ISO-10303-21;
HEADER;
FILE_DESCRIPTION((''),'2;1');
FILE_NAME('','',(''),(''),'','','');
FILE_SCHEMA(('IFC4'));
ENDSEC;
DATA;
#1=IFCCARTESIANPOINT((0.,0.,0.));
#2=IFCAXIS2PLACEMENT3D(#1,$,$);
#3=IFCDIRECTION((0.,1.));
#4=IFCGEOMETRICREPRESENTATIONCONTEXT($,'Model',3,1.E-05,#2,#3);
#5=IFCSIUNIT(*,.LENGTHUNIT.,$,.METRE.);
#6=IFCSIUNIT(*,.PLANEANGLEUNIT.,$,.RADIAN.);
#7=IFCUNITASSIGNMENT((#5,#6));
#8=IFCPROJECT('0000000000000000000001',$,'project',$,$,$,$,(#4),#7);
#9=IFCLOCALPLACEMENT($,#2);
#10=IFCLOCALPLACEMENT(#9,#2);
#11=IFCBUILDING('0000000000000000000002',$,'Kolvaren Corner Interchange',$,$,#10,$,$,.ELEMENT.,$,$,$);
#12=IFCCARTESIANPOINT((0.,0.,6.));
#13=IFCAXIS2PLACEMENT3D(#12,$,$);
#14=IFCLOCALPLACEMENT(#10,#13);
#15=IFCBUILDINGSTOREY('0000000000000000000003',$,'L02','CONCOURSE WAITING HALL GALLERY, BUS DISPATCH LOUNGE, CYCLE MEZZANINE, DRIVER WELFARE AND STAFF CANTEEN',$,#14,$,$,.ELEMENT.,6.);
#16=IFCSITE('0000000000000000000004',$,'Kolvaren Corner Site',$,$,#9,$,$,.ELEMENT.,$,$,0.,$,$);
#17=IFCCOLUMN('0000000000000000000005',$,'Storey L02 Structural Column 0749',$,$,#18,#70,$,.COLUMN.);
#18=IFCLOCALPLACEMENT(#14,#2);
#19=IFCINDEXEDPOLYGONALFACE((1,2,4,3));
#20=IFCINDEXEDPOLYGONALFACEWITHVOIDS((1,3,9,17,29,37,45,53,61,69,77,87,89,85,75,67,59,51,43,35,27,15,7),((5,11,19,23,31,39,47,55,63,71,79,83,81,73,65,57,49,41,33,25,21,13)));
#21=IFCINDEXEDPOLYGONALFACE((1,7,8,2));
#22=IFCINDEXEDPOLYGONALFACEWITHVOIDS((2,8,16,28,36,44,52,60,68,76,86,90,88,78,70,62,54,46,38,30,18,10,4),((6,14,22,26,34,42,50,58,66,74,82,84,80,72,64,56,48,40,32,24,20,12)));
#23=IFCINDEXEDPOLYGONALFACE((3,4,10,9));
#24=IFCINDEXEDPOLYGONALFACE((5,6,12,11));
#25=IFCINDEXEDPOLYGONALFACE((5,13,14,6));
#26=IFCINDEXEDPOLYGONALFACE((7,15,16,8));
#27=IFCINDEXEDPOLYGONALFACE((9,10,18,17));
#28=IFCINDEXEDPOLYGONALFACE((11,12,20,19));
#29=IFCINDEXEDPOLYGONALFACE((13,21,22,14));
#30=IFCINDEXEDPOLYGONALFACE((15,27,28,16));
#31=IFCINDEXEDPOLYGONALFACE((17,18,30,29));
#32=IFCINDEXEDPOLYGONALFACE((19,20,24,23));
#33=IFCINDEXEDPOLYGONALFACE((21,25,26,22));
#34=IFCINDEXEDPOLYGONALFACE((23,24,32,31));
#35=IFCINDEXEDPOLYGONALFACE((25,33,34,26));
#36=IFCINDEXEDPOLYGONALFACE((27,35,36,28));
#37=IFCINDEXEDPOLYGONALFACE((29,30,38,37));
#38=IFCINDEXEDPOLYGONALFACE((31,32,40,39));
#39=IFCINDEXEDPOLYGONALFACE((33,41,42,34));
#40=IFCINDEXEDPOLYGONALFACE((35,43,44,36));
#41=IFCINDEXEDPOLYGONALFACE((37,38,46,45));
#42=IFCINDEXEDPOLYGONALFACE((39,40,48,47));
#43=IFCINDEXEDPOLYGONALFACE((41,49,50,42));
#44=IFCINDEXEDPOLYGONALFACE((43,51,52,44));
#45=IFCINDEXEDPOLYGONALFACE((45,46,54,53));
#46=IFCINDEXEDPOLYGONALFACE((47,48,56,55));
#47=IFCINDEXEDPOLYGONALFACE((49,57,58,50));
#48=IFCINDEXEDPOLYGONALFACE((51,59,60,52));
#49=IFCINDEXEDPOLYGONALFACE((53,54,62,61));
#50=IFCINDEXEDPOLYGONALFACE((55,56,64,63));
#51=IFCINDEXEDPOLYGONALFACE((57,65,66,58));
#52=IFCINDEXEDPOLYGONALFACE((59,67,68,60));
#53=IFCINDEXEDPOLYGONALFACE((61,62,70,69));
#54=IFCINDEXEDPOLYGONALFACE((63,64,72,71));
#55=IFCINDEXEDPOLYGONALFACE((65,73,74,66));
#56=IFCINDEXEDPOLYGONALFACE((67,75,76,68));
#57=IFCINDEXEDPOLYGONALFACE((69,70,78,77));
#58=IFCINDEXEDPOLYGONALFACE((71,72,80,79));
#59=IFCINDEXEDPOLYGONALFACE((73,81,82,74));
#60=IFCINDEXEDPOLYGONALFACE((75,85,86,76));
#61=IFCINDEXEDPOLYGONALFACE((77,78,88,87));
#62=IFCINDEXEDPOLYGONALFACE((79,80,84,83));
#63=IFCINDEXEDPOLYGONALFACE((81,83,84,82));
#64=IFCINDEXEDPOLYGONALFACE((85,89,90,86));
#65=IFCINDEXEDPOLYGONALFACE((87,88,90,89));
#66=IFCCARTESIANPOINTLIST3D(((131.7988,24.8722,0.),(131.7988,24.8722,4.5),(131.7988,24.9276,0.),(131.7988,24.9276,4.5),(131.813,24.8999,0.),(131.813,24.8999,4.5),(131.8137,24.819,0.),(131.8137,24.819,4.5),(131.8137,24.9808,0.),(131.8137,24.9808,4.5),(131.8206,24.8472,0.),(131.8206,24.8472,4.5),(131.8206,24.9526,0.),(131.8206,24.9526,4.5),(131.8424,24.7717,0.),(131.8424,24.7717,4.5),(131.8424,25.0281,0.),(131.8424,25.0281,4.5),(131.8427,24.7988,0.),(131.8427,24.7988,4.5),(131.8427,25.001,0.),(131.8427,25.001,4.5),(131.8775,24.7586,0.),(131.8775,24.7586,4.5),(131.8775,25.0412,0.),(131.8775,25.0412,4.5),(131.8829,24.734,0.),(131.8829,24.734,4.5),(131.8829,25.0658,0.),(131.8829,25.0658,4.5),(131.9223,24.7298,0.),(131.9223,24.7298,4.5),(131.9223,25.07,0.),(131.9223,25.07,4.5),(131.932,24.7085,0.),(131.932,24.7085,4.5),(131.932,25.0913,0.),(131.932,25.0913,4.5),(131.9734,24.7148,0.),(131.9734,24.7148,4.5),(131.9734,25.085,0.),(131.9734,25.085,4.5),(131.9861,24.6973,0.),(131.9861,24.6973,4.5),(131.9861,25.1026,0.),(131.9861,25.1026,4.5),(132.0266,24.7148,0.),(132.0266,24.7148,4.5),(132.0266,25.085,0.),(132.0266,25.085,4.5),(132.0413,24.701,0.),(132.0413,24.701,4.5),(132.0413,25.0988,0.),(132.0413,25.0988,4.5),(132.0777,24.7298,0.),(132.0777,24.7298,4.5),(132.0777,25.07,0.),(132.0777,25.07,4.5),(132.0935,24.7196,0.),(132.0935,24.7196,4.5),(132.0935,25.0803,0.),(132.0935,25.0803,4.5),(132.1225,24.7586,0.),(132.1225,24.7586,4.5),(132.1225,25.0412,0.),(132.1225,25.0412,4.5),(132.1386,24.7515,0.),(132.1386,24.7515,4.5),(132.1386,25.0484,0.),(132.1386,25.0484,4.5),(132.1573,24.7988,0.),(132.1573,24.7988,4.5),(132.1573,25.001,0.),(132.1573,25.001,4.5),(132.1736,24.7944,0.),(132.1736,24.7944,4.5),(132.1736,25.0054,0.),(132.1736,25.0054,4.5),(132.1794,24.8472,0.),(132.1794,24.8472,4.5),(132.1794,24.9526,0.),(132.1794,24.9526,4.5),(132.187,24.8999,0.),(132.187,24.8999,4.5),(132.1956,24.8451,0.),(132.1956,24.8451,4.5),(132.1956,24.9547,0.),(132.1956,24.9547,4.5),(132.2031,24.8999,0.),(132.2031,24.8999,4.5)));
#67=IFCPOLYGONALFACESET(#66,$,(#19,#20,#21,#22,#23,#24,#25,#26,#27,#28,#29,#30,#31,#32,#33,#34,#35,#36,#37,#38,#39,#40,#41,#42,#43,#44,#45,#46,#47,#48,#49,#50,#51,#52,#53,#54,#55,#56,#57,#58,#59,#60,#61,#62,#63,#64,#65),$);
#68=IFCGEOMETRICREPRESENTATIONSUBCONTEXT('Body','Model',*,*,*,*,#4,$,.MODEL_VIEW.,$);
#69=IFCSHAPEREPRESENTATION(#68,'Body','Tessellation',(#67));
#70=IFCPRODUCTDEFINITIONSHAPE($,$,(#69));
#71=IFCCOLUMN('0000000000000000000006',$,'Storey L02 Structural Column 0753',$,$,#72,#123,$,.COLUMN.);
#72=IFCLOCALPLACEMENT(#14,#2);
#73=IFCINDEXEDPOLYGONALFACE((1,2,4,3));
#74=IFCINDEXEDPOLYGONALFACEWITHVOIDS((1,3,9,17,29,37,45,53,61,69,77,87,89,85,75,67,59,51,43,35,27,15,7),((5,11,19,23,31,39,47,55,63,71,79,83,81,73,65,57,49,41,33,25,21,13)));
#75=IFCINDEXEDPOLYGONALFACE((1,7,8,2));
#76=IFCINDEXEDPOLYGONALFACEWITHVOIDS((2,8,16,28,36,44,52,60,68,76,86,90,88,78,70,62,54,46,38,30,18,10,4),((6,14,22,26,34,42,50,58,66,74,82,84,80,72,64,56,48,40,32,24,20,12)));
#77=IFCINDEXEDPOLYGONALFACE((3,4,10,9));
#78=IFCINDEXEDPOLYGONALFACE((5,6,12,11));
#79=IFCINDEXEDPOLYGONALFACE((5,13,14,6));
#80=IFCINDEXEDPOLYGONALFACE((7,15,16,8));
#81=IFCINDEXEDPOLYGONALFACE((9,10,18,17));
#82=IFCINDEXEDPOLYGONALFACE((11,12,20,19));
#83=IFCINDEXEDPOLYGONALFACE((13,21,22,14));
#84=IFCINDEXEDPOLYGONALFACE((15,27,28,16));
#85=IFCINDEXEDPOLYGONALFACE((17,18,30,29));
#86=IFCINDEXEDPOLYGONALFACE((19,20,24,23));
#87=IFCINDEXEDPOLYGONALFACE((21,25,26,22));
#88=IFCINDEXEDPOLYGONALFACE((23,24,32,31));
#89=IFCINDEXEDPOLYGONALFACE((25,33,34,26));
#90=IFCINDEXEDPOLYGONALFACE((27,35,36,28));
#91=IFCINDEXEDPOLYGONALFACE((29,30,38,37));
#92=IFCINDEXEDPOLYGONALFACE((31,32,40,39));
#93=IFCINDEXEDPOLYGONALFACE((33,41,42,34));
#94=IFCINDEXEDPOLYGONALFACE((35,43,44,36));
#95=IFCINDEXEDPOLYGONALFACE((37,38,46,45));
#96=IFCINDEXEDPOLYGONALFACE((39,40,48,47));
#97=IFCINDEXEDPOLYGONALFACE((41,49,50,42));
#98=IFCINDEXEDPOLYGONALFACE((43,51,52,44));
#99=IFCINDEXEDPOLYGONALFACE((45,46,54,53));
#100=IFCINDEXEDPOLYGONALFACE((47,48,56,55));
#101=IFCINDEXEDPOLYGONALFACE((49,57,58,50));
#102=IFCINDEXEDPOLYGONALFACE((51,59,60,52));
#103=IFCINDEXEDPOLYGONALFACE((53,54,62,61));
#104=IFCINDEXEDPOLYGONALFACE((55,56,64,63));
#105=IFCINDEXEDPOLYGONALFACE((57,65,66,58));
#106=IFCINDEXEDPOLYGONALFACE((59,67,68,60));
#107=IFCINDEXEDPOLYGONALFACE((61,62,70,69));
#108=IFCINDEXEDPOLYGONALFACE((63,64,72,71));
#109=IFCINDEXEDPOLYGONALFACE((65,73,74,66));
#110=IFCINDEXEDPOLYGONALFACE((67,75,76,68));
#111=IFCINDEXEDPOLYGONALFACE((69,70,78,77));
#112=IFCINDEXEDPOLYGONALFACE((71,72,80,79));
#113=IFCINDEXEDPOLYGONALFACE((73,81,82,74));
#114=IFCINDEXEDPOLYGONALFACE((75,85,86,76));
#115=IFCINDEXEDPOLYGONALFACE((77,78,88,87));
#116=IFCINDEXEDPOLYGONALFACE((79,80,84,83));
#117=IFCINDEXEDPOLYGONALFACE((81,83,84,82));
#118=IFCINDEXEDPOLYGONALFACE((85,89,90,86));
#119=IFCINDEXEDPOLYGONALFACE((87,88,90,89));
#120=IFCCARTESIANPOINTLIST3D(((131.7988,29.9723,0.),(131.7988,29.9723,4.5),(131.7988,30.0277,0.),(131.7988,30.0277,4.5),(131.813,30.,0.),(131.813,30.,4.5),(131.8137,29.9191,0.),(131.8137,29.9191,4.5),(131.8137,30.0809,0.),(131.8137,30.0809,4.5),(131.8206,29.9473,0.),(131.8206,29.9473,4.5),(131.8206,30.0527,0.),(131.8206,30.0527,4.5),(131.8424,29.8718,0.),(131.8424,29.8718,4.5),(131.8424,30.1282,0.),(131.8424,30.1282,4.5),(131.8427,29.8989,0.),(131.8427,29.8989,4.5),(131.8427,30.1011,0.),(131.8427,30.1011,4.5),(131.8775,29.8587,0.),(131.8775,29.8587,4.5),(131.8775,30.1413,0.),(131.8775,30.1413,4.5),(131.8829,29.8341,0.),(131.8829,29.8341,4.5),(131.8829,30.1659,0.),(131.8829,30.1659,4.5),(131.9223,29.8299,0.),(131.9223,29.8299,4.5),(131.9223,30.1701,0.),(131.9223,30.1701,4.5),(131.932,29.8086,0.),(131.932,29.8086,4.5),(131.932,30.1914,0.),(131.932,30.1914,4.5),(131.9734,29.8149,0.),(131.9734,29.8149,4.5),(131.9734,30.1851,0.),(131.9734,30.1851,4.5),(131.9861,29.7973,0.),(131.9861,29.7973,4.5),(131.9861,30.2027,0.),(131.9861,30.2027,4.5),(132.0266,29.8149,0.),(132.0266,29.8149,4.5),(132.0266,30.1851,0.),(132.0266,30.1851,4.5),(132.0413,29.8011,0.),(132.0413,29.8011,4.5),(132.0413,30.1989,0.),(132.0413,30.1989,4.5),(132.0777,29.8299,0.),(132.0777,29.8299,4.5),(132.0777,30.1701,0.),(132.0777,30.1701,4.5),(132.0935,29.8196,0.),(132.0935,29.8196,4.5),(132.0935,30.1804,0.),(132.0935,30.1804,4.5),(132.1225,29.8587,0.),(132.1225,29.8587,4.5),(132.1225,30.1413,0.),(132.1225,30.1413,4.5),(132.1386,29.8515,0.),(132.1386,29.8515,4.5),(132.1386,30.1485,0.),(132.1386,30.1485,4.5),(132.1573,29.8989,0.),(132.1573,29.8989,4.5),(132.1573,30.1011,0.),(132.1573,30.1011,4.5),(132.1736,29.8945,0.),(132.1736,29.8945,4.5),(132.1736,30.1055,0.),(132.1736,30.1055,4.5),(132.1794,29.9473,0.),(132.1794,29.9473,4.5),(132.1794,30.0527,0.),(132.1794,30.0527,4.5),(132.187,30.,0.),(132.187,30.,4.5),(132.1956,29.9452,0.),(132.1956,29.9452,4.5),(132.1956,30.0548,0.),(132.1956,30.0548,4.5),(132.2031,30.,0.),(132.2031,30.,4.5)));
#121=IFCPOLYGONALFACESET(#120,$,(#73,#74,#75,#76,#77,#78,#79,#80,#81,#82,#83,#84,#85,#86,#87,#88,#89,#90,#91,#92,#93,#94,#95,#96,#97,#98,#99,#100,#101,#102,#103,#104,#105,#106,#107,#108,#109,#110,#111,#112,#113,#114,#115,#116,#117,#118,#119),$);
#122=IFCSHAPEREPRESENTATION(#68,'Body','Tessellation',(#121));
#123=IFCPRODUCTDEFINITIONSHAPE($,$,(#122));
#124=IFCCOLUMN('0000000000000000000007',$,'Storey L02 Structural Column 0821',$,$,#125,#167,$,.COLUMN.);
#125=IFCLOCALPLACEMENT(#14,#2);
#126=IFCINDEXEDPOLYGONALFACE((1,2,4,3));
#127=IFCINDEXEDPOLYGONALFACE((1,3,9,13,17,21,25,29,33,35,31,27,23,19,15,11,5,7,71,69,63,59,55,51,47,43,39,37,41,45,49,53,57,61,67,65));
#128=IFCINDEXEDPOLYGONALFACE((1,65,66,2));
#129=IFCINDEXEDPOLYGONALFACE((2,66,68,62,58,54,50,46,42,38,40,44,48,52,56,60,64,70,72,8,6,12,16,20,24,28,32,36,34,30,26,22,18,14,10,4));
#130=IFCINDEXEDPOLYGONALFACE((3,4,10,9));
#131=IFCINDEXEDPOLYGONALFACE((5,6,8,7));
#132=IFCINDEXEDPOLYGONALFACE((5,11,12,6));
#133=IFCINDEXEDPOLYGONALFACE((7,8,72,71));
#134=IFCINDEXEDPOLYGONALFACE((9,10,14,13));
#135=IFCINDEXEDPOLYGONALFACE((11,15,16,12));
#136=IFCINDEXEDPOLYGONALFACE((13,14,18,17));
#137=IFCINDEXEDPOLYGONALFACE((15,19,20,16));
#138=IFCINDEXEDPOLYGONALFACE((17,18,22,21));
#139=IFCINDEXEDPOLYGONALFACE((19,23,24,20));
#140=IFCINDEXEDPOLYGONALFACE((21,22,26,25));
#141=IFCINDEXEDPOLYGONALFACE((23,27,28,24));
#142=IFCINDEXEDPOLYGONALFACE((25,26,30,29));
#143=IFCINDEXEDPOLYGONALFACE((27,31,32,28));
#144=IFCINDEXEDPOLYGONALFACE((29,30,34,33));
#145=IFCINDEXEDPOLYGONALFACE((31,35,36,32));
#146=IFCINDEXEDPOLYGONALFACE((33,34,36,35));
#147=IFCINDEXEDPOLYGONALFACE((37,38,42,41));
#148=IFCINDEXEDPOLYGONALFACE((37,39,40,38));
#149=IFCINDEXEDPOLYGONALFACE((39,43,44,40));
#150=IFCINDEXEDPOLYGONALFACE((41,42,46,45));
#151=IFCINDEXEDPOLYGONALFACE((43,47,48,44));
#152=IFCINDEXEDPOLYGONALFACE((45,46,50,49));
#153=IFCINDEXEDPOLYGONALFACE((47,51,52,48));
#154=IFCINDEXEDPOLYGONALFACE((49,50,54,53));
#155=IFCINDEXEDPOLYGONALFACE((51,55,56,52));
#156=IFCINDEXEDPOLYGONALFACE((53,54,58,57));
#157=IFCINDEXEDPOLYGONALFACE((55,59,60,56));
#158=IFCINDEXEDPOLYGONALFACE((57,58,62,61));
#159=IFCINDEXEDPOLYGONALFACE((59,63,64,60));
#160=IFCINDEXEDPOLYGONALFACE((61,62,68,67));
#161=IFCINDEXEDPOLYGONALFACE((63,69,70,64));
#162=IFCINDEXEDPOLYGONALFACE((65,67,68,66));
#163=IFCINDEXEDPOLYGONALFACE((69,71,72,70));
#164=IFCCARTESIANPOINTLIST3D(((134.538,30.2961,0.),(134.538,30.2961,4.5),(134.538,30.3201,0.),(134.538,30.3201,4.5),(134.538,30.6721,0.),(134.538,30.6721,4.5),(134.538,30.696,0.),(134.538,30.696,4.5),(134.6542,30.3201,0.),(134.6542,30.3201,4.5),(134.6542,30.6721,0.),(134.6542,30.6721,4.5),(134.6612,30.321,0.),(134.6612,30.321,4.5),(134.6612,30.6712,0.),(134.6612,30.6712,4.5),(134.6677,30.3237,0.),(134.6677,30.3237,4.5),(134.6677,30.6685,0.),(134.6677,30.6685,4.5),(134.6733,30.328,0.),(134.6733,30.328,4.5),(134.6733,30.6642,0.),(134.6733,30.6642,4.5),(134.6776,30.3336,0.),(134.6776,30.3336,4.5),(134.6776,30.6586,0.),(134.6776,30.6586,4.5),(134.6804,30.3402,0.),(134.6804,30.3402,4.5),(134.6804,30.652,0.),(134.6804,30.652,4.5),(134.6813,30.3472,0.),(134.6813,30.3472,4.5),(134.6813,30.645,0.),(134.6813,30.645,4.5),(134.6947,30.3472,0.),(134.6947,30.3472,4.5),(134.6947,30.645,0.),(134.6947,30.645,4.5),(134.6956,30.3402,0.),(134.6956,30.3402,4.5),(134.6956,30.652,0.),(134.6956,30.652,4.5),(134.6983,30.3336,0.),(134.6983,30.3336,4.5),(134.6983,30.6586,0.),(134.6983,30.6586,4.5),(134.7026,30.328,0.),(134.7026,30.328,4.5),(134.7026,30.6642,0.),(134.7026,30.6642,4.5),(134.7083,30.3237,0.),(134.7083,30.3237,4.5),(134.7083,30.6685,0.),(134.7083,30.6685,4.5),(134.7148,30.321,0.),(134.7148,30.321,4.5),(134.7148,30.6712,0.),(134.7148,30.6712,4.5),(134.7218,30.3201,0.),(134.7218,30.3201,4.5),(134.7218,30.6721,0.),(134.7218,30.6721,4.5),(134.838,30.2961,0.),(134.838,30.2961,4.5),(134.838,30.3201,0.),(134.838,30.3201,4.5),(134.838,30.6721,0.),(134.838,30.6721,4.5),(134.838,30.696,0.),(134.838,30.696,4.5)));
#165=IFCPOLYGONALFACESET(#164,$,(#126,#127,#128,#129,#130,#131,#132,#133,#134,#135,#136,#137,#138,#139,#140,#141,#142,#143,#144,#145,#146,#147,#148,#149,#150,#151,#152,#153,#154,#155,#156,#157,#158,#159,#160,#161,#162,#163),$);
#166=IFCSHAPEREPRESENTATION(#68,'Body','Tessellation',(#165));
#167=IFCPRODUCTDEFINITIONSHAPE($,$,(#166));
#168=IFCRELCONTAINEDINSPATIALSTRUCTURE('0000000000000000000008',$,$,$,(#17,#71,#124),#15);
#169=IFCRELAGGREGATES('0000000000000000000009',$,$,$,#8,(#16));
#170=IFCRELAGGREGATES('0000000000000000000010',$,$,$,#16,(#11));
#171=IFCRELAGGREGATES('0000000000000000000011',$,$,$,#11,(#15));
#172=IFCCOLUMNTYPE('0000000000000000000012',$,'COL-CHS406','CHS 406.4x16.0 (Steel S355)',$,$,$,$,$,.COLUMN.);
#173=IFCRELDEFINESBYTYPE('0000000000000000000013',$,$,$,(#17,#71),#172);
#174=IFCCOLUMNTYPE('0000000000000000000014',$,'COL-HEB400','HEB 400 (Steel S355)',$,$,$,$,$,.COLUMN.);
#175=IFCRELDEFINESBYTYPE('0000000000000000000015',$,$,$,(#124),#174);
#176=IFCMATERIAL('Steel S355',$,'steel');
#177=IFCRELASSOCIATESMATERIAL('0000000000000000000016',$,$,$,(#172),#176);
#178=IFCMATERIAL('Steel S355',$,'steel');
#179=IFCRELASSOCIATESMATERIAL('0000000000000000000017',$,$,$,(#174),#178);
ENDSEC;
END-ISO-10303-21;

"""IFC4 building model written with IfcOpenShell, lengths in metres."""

from ifc_helpers import new_model, si_unit, direction, frame, origin, origin_2d, place, context, subcontext, project, spatial, hollow_circle, i_section, extrude, material, material_profile, profile_set, type_object, element, save


model = new_model("IFC4")

# Units and contexts
model_context = context("Model", 3, precision=1e-05, world=origin(), true_north=direction((0.0, 1.0)))
body_context = subcontext(model_context, "Body", "Model", "MODEL_VIEW")
ifc_project = project(units=[si_unit("LENGTHUNIT", "METRE"), si_unit("PLANEANGLEUNIT", "RADIAN")], contexts=[model_context])

# Site, building, storey
site_placement = place(None, origin())
site = spatial("IfcSite", under=ifc_project, at=site_placement, Name="Kolvaren Corner Site", CompositionType="ELEMENT", RefElevation=0.0)
building_placement = place(site_placement, origin())
building = spatial("IfcBuilding", under=site, at=building_placement, Name="Kolvaren Corner Interchange", CompositionType="ELEMENT")
storey_placement = place(building_placement, frame((0.0, 0.0, 6.0)))
storey = spatial("IfcBuildingStorey", under=building, at=storey_placement, Name="L02", Description="CONCOURSE WAITING HALL GALLERY, BUS DISPATCH LOUNGE, CYCLE MEZZANINE, DRIVER WELFARE AND STAFF CANTEEN", CompositionType="ELEMENT", Elevation=6.0)

# Columns
ifc_material_1 = material(Name="Steel S355", Category="steel")
ifc_material_profile_1 = material_profile(ifc_material_1, hollow_circle(Radius=0.2031, WallThickness=0.0161, at=origin_2d()), Name="CHS 406.4x16.0")
ifc_profile_set_1 = profile_set([ifc_material_profile_1], Name="Steel S355")
column_type_1 = type_object("IfcColumnType", Name="COL-CHS406", Description="CHS 406.4x16.0 (Steel S355)", PredefinedType="COLUMN", material=ifc_profile_set_1)
for number, where, z_axis, x_axis, name in (
    (1, (132.0, 24.8999, 0.0), (0.0, 0.0, 1.0), (1.0, 0.0, 0.0), "Storey L02 Structural Column 0749"),
    (2, (132.0, 30.0, 0.0), (0.0, 0.0, 1.0), (1.0, 0.0, 0.0), "Storey L02 Structural Column 0753"),
):
    element("IfcColumn", number, at=place(storey_placement, frame(where, z_axis=z_axis, x_axis=x_axis)), inside=storey, type_object=column_type_1, Name=name, PredefinedType="COLUMN", context=body_context, shape_type="SweptSolid", body=[
        extrude(hollow_circle(Radius=0.2031, WallThickness=0.0161, at=origin_2d()), origin(), (0.0, 0.0, 1.0), 4.5),
    ])
ifc_material_2 = material(Name="Steel S355", Category="steel")
ifc_material_profile_2 = material_profile(ifc_material_2, i_section(OverallWidth=0.3, OverallDepth=0.3999, WebThickness=0.0134, FlangeThickness=0.0239, FilletRadius=0.0271, at=origin_2d()), Name="HEB 400")
ifc_profile_set_2 = profile_set([ifc_material_profile_2], Name="Steel S355")
column_type_2 = type_object("IfcColumnType", Name="COL-HEB400", Description="HEB 400 (Steel S355)", PredefinedType="COLUMN", material=ifc_profile_set_2)
column_placement = place(storey_placement, frame((134.688, 30.4961, 0.0), z_axis=(0.0, 0.0, 1.0), x_axis=(1.0, 0.0, 0.0)))
element("IfcColumn", 3, at=column_placement, inside=storey, type_object=column_type_2, Name="Storey L02 Structural Column 0821", PredefinedType="COLUMN", context=body_context, shape_type="SweptSolid", body=[
    extrude(i_section(OverallWidth=0.3, OverallDepth=0.3999, WebThickness=0.0134, FlangeThickness=0.0239, FilletRadius=0.0271, at=origin_2d()), origin(), (0.0, 0.0, 1.0), 4.5),
])

save(model, "model.ifc")
